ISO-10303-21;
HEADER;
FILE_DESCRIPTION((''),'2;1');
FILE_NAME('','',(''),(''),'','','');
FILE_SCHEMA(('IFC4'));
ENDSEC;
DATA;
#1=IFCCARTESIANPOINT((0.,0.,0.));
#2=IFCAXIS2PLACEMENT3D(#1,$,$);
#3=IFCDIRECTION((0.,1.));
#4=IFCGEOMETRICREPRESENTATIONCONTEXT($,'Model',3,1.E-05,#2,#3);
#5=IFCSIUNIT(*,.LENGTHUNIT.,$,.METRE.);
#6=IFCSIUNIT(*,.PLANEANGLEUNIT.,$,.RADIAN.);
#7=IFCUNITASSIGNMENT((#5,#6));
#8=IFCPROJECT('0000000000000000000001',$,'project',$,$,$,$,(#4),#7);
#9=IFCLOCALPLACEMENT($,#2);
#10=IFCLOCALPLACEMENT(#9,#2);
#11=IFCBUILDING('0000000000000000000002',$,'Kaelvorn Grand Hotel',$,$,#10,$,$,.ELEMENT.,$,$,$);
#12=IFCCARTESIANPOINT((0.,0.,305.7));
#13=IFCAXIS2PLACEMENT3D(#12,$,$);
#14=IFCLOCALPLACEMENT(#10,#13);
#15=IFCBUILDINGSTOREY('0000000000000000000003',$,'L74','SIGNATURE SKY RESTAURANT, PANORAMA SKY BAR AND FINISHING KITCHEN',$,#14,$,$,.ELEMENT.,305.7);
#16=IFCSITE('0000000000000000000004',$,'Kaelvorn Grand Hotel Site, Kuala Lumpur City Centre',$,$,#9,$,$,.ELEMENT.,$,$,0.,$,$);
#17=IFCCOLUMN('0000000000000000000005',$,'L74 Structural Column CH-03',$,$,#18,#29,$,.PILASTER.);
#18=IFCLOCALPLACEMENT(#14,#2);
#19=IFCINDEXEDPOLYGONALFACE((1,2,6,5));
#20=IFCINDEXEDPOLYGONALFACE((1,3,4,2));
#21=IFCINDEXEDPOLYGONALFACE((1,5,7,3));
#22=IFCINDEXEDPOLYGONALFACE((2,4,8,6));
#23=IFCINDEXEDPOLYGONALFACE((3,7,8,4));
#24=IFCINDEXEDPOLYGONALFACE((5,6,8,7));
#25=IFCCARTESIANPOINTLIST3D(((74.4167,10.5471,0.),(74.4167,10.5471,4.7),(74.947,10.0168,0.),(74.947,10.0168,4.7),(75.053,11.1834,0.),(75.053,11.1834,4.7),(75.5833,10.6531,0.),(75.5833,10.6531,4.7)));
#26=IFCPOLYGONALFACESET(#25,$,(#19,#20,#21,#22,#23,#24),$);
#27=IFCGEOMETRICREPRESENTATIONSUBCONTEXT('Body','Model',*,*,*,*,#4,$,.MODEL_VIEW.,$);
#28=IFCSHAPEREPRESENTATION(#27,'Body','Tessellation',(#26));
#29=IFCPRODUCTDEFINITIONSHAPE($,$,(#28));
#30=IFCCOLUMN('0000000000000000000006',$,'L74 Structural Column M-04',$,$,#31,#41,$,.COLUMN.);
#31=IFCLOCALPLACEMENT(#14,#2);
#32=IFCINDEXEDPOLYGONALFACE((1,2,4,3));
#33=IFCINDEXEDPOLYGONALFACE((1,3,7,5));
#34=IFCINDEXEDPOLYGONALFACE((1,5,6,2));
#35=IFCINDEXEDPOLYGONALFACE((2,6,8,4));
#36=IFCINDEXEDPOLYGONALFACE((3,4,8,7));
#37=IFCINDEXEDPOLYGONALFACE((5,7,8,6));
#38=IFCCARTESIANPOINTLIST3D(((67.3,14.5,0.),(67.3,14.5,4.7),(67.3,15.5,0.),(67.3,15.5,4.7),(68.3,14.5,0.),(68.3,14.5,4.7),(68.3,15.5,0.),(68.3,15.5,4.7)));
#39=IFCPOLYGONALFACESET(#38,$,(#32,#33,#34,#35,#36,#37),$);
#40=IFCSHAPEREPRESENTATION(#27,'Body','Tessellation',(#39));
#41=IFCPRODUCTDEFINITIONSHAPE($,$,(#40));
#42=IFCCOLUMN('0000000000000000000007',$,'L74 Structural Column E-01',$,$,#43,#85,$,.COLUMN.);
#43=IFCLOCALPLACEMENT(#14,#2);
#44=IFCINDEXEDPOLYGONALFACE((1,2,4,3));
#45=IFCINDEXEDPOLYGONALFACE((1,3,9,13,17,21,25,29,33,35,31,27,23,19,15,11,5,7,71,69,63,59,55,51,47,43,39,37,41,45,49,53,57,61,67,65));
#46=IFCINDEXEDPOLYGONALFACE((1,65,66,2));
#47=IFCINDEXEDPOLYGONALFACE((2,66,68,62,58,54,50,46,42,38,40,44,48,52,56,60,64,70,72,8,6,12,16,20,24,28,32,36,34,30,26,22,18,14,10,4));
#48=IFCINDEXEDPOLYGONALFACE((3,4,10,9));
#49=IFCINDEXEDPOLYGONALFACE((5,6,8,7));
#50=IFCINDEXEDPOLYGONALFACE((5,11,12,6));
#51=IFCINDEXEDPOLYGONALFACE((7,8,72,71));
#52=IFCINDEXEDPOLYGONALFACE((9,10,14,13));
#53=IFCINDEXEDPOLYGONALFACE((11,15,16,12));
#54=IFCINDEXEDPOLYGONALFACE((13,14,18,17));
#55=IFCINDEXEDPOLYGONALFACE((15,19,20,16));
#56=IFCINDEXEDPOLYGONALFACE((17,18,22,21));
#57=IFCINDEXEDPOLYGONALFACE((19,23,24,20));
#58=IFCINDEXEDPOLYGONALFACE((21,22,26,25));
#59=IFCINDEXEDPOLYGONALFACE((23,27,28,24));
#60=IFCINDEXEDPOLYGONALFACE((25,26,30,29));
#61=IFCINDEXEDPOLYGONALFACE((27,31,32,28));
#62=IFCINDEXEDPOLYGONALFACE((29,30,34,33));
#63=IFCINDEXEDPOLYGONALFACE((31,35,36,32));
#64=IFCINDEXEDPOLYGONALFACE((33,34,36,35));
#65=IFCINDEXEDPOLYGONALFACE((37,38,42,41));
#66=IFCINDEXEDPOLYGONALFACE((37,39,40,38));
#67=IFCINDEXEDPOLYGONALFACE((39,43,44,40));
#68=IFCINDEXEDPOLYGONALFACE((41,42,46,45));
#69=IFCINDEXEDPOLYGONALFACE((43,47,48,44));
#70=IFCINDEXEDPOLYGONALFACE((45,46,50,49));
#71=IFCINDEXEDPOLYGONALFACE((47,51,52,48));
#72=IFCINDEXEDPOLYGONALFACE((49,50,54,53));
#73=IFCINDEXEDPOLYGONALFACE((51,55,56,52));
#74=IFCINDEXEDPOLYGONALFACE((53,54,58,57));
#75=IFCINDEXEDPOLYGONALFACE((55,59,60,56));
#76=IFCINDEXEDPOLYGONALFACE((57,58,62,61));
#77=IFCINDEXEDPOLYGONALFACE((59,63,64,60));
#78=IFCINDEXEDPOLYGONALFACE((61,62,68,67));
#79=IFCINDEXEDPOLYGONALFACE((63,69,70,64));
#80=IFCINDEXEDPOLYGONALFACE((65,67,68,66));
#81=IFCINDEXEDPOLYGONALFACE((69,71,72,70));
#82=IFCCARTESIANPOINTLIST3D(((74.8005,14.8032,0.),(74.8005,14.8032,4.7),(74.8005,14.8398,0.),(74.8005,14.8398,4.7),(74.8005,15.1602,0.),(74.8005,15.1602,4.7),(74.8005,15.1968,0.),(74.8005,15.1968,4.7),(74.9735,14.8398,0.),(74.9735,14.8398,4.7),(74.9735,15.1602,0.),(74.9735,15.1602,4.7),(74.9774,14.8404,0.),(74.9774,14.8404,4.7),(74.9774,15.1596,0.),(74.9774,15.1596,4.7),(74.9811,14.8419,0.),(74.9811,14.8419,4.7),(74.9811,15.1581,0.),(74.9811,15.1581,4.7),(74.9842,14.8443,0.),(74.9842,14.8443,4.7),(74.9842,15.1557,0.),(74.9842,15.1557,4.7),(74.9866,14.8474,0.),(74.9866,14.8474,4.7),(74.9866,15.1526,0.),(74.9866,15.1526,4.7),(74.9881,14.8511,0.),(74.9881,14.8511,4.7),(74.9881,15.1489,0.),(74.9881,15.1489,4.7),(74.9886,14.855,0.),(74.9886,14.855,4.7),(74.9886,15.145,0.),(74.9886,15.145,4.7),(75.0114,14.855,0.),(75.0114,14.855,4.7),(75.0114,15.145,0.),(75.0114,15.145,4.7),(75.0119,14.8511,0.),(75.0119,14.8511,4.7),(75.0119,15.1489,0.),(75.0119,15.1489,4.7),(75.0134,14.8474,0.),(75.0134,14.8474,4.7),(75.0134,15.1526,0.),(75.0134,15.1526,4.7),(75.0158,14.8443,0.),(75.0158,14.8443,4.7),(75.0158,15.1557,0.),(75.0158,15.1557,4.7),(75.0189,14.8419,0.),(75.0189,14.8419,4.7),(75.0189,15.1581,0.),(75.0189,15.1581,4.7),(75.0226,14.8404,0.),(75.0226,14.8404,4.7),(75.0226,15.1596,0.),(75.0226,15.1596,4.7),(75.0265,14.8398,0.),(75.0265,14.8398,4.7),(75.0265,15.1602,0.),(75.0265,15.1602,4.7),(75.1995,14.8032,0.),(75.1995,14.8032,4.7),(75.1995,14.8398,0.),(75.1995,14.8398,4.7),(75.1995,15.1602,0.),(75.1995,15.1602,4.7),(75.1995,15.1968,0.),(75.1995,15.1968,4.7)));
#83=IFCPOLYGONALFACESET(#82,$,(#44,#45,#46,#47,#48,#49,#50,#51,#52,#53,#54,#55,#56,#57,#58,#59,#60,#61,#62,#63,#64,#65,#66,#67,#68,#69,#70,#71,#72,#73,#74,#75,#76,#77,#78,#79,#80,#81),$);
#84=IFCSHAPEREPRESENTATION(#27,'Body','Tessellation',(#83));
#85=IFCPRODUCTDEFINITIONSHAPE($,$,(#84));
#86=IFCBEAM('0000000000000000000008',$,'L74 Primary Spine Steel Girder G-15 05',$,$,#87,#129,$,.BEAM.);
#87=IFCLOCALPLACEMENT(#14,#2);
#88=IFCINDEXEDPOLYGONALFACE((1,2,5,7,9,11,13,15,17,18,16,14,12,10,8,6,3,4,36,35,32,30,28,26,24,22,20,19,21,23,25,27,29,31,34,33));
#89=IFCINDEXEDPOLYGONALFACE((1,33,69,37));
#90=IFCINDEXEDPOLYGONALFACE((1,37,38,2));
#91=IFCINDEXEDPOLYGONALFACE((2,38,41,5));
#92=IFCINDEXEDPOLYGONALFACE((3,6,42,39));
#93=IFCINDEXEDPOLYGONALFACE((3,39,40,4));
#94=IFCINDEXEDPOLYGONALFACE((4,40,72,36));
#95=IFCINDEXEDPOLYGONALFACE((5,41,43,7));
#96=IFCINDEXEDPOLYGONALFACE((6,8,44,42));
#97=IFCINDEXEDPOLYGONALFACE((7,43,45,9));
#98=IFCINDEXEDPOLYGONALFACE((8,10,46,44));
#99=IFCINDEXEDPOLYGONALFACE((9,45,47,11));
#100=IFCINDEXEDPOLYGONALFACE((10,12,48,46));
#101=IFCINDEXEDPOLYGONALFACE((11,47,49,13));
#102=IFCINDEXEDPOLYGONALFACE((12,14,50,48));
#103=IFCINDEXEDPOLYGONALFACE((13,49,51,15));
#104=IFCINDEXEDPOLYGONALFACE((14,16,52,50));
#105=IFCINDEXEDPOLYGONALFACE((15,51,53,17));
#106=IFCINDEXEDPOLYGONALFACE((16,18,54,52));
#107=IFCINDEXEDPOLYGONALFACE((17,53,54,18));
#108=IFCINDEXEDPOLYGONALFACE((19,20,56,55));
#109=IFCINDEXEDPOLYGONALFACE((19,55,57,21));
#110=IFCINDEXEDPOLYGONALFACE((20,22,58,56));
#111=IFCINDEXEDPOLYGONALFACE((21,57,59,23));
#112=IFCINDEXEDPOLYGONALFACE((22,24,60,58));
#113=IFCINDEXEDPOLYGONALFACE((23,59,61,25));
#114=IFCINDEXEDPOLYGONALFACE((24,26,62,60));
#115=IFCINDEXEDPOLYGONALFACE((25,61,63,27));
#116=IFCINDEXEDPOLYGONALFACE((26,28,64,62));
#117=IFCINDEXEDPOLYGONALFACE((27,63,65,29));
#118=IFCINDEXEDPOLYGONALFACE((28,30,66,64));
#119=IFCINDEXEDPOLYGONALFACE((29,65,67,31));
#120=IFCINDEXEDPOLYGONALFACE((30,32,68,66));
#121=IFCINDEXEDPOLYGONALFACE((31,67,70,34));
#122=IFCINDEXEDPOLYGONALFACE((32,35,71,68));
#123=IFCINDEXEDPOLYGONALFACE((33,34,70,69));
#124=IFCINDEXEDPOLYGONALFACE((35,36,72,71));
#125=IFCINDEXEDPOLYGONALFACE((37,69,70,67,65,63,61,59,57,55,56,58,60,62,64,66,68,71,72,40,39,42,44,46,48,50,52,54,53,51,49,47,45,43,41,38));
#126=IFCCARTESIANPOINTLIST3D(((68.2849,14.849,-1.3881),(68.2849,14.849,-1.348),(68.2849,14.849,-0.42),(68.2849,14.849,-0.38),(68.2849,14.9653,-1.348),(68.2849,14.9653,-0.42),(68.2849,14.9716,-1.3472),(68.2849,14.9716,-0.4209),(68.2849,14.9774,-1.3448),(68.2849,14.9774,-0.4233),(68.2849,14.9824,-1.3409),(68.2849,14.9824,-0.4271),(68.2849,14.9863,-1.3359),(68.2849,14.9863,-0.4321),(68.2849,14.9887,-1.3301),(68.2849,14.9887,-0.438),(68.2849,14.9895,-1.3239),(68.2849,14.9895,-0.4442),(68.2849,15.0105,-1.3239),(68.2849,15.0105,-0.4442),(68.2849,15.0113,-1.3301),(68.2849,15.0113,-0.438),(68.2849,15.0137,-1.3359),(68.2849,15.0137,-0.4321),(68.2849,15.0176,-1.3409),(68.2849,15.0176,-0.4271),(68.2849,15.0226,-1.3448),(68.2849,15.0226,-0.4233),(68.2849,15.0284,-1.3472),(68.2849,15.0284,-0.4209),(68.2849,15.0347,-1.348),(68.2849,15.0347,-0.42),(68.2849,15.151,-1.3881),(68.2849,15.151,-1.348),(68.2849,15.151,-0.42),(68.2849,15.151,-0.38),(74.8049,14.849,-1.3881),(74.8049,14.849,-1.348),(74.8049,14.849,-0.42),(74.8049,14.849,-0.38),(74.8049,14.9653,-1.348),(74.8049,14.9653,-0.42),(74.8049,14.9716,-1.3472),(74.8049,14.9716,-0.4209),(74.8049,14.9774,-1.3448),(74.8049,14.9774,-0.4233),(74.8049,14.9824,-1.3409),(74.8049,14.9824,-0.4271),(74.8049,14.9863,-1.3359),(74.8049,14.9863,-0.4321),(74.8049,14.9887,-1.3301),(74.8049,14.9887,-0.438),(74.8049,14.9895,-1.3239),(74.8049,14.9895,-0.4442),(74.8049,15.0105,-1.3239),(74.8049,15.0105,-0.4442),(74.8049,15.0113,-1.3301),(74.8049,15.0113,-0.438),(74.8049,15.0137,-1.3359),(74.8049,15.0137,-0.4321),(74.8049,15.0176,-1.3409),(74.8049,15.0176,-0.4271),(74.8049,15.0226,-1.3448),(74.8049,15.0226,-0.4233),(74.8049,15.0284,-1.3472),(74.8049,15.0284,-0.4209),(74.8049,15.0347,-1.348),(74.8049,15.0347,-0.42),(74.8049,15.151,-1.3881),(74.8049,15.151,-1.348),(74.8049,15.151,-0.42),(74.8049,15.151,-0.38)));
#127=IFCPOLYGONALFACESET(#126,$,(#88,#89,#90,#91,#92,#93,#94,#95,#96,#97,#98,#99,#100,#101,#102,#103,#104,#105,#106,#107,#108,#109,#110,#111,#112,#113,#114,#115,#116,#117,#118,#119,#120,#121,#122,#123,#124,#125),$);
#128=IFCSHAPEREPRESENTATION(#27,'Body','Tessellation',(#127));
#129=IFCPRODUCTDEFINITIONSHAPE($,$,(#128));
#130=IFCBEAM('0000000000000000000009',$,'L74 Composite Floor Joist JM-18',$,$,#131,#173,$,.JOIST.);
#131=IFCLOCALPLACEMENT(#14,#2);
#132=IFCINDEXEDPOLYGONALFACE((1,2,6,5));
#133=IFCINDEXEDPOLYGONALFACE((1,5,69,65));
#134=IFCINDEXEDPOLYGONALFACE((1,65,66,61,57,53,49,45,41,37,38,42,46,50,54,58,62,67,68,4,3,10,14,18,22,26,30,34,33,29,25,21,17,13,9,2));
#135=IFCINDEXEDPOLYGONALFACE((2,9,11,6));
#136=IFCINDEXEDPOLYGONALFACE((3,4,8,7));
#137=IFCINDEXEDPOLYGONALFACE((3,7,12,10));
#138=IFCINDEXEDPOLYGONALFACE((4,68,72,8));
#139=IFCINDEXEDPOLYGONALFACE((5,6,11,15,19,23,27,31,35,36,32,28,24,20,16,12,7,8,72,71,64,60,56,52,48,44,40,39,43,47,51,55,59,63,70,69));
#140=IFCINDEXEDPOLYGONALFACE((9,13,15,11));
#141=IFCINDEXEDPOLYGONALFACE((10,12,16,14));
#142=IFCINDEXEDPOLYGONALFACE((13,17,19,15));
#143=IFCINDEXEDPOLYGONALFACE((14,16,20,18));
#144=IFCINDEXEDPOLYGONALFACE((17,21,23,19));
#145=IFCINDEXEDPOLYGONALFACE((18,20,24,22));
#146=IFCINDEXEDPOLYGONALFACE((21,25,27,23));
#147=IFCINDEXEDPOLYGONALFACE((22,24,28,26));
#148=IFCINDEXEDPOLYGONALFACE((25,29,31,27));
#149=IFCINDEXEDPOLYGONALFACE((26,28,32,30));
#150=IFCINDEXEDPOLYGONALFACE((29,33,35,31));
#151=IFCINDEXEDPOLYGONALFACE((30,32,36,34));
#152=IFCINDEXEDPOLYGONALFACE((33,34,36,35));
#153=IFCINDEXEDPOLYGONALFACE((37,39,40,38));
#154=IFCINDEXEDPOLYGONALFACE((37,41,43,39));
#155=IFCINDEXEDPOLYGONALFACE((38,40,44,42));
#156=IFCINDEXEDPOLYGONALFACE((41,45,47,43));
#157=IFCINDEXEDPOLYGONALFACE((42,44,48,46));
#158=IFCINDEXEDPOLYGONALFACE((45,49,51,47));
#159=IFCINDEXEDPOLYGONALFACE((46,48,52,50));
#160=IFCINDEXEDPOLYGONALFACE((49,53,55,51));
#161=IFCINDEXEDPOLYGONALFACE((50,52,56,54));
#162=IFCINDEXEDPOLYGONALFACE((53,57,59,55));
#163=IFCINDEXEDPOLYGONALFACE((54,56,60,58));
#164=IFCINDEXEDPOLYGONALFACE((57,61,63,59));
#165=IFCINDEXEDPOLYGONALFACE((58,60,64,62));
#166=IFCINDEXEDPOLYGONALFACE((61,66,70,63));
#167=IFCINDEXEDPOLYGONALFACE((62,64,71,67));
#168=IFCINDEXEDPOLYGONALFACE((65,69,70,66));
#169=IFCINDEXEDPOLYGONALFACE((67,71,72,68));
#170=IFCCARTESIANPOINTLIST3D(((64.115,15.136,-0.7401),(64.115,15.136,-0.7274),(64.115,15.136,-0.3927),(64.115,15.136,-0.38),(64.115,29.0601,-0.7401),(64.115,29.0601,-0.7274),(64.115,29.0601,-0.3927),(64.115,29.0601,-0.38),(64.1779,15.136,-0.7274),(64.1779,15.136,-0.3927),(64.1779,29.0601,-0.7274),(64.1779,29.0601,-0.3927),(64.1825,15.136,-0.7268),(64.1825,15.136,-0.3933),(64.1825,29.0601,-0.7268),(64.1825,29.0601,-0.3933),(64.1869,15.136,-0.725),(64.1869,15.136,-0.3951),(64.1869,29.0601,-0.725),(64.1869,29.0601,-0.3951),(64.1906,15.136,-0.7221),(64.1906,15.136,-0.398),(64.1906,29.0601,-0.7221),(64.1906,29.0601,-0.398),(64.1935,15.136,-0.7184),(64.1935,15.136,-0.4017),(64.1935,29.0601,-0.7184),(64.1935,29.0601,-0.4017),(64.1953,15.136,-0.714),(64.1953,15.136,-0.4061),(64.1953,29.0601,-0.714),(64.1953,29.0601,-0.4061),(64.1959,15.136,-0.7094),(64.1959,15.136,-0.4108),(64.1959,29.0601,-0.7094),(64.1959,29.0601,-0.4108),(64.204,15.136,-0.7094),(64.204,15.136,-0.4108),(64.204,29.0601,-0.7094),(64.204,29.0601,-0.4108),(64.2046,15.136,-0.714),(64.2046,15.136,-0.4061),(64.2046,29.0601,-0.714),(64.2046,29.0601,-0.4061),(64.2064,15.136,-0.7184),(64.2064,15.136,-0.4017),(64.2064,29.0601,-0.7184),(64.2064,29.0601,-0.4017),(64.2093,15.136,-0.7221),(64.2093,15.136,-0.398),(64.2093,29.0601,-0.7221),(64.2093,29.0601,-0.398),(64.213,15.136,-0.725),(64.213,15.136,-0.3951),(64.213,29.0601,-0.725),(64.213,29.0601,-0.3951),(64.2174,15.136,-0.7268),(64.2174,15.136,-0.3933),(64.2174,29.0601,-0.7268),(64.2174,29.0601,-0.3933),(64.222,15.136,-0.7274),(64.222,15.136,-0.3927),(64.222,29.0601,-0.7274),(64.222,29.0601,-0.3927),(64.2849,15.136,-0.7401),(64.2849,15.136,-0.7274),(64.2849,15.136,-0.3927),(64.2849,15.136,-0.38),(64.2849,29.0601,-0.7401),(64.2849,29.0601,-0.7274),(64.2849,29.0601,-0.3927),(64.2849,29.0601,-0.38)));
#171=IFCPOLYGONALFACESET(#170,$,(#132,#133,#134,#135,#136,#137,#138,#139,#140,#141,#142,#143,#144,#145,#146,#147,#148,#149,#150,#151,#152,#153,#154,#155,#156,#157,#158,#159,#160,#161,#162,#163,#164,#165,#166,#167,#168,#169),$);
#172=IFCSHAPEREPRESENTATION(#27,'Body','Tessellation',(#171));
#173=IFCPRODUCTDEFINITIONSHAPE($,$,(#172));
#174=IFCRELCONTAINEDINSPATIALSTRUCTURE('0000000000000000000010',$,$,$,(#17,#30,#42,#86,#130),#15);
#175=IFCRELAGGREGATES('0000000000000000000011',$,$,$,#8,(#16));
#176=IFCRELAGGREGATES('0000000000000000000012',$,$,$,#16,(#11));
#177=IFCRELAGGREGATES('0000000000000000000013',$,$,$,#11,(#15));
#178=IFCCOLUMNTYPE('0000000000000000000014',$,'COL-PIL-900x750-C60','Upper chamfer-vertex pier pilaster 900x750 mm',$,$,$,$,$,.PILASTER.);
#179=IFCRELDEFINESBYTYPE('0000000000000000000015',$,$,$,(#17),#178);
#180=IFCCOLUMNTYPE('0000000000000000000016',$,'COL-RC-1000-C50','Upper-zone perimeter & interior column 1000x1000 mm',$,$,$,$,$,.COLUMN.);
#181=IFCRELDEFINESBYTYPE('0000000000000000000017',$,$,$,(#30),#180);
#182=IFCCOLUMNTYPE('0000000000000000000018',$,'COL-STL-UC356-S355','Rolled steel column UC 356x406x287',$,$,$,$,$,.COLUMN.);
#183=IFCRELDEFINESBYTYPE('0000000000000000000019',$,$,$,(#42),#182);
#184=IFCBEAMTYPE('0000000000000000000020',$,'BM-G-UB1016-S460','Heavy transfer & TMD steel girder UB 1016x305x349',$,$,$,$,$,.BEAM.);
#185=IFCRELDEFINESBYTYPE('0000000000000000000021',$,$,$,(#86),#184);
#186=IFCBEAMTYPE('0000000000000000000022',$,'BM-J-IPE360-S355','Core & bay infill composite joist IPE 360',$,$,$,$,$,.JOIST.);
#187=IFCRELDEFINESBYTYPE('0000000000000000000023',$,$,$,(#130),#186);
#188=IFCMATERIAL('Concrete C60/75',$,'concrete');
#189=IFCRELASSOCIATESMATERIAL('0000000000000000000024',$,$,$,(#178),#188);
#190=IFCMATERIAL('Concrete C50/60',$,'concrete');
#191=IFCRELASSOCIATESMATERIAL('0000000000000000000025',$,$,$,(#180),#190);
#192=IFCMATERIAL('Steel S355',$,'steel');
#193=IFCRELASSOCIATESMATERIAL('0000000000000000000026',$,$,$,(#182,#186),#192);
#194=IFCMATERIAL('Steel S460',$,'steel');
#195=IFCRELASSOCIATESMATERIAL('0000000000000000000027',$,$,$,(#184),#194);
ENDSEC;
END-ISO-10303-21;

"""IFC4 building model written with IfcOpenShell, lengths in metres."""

from ifc_helpers import new_model, si_unit, direction, frame, origin, origin_2d, place, context, subcontext, project, spatial, rectangle, i_section, extrude, material, material_profile, profile_set, type_object, element, save


model = new_model("IFC4")

# Units and contexts
model_context = context("Model", 3, precision=1e-05, world=origin(), true_north=direction((0.0, 1.0)))
body_context = subcontext(model_context, "Body", "Model", "MODEL_VIEW")
ifc_project = project(units=[si_unit("LENGTHUNIT", "METRE"), si_unit("PLANEANGLEUNIT", "RADIAN")], contexts=[model_context])

# Site, building, storey
site_placement = place(None, origin())
site = spatial("IfcSite", under=ifc_project, at=site_placement, Name="Kaelvorn Grand Hotel Site, Kuala Lumpur City Centre", CompositionType="ELEMENT", RefElevation=0.0)
building_placement = place(site_placement, origin())
building = spatial("IfcBuilding", under=site, at=building_placement, Name="Kaelvorn Grand Hotel", CompositionType="ELEMENT")
storey_placement = place(building_placement, frame((0.0, 0.0, 305.7)))
storey = spatial("IfcBuildingStorey", under=building, at=storey_placement, Name="L74", Description="SIGNATURE SKY RESTAURANT, PANORAMA SKY BAR AND FINISHING KITCHEN", CompositionType="ELEMENT", Elevation=305.7)

# Columns
ifc_material_1 = material(Name="Concrete C60/75", Category="concrete")
ifc_material_profile_1 = material_profile(ifc_material_1, rectangle(XDim=0.8999, YDim=0.75, at=origin_2d()), Name="RC PILASTER 900x750")
ifc_profile_set_1 = profile_set([ifc_material_profile_1], Name="Concrete C60/75")
column_type_1 = type_object("IfcColumnType", Name="COL-PIL-900x750-C60", Description="Upper chamfer-vertex pier pilaster 900x750 mm", PredefinedType="PILASTER", material=ifc_profile_set_1)
column_1_placement = place(storey_placement, frame((75.0, 10.6001, 0.0), z_axis=(0.0, 0.0, 1.0), x_axis=(0.707107, 0.707107, 0.0)))
element("IfcColumn", 1, at=column_1_placement, inside=storey, type_object=column_type_1, Name="L74 Structural Column CH-03", PredefinedType="PILASTER", context=body_context, shape_type="SweptSolid", body=[
    extrude(rectangle(XDim=0.8999, YDim=0.75, at=origin_2d()), origin(), (0.0, 0.0, 1.0), 4.7),
])
ifc_material_2 = material(Name="Concrete C50/60", Category="concrete")
ifc_material_profile_2 = material_profile(ifc_material_2, rectangle(XDim=1.0, YDim=1.0, at=origin_2d()), Name="RC COL 1000x1000")
ifc_profile_set_2 = profile_set([ifc_material_profile_2], Name="Concrete C50/60")
column_type_2 = type_object("IfcColumnType", Name="COL-RC-1000-C50", Description="Upper-zone perimeter & interior column 1000x1000 mm", PredefinedType="COLUMN", material=ifc_profile_set_2)
column_2_placement = place(storey_placement, frame((67.8, 15.0, 0.0), z_axis=(0.0, 0.0, 1.0), x_axis=(1.0, 0.0, 0.0)))
element("IfcColumn", 2, at=column_2_placement, inside=storey, type_object=column_type_2, Name="L74 Structural Column M-04", PredefinedType="COLUMN", context=body_context, shape_type="SweptSolid", body=[
    extrude(rectangle(XDim=1.0, YDim=1.0, at=origin_2d()), origin(), (0.0, 0.0, 1.0), 4.7),
])
ifc_material_3 = material(Name="Steel S355", Category="steel")
ifc_material_profile_3 = material_profile(ifc_material_3, i_section(OverallWidth=0.3989, OverallDepth=0.3936, WebThickness=0.0227, FlangeThickness=0.0366, FilletRadius=0.0151, at=origin_2d()), Name="UC 356x406x287")
ifc_profile_set_3 = profile_set([ifc_material_profile_3], Name="Steel S355")
column_type_3 = type_object("IfcColumnType", Name="COL-STL-UC356-S355", Description="Rolled steel column UC 356x406x287", PredefinedType="COLUMN", material=ifc_profile_set_3)
column_3_placement = place(storey_placement, frame((75.0, 15.0, 0.0), z_axis=(0.0, 0.0, 1.0), x_axis=(1.0, 0.0, 0.0)))
element("IfcColumn", 3, at=column_3_placement, inside=storey, type_object=column_type_3, Name="L74 Structural Column E-01", PredefinedType="COLUMN", context=body_context, shape_type="SweptSolid", body=[
    extrude(i_section(OverallWidth=0.3989, OverallDepth=0.3936, WebThickness=0.0227, FlangeThickness=0.0366, FilletRadius=0.0151, at=origin_2d()), origin(), (0.0, 0.0, 1.0), 4.7),
])

# Beams
ifc_material_4 = material(Name="Steel S460", Category="steel")
ifc_material_profile_4 = material_profile(ifc_material_4, i_section(OverallWidth=0.302, OverallDepth=1.0081, WebThickness=0.021, FlangeThickness=0.04, FilletRadius=0.0242, at=origin_2d()), Name="UB 1016x305x349")
ifc_profile_set_4 = profile_set([ifc_material_profile_4], Name="Steel S460")
beam_type_1 = type_object("IfcBeamType", Name="BM-G-UB1016-S460", Description="Heavy transfer & TMD steel girder UB 1016x305x349", PredefinedType="BEAM", material=ifc_profile_set_4)
beam_1_placement = place(storey_placement, frame((68.2849, 15.0, -0.884), z_axis=(1.0, 0.0, 0.0), x_axis=(0.0, 1.0, 0.0)))
element("IfcBeam", 4, at=beam_1_placement, inside=storey, type_object=beam_type_1, Name="L74 Primary Spine Steel Girder G-15 05", PredefinedType="BEAM", context=body_context, shape_type="SweptSolid", body=[
    extrude(i_section(OverallWidth=0.302, OverallDepth=1.0081, WebThickness=0.021, FlangeThickness=0.04, FilletRadius=0.0242, at=origin_2d()), origin(), (0.0, 0.0, 1.0), 6.52),
])
ifc_material_profile_5 = material_profile(ifc_material_3, i_section(OverallWidth=0.1699, OverallDepth=0.3601, WebThickness=0.0081, FlangeThickness=0.0127, FilletRadius=0.0181, at=origin_2d()), Name="IPE 360")
ifc_profile_set_5 = profile_set([ifc_material_profile_5], Name="Steel S355")
beam_type_2 = type_object("IfcBeamType", Name="BM-J-IPE360-S355", Description="Core & bay infill composite joist IPE 360", PredefinedType="JOIST", material=ifc_profile_set_5)
beam_2_placement = place(storey_placement, frame((64.2, 15.136, -0.5601), z_axis=(0.0, 1.0, 0.0), x_axis=(-1.0, 0.0, 0.0)))
element("IfcBeam", 5, at=beam_2_placement, inside=storey, type_object=beam_type_2, Name="L74 Composite Floor Joist JM-18", PredefinedType="JOIST", context=body_context, shape_type="SweptSolid", body=[
    extrude(i_section(OverallWidth=0.1699, OverallDepth=0.3601, WebThickness=0.0081, FlangeThickness=0.0127, FilletRadius=0.0181, at=origin_2d()), origin(), (0.0, 0.0, 1.0), 13.9241),
])

save(model, "model.ifc")
